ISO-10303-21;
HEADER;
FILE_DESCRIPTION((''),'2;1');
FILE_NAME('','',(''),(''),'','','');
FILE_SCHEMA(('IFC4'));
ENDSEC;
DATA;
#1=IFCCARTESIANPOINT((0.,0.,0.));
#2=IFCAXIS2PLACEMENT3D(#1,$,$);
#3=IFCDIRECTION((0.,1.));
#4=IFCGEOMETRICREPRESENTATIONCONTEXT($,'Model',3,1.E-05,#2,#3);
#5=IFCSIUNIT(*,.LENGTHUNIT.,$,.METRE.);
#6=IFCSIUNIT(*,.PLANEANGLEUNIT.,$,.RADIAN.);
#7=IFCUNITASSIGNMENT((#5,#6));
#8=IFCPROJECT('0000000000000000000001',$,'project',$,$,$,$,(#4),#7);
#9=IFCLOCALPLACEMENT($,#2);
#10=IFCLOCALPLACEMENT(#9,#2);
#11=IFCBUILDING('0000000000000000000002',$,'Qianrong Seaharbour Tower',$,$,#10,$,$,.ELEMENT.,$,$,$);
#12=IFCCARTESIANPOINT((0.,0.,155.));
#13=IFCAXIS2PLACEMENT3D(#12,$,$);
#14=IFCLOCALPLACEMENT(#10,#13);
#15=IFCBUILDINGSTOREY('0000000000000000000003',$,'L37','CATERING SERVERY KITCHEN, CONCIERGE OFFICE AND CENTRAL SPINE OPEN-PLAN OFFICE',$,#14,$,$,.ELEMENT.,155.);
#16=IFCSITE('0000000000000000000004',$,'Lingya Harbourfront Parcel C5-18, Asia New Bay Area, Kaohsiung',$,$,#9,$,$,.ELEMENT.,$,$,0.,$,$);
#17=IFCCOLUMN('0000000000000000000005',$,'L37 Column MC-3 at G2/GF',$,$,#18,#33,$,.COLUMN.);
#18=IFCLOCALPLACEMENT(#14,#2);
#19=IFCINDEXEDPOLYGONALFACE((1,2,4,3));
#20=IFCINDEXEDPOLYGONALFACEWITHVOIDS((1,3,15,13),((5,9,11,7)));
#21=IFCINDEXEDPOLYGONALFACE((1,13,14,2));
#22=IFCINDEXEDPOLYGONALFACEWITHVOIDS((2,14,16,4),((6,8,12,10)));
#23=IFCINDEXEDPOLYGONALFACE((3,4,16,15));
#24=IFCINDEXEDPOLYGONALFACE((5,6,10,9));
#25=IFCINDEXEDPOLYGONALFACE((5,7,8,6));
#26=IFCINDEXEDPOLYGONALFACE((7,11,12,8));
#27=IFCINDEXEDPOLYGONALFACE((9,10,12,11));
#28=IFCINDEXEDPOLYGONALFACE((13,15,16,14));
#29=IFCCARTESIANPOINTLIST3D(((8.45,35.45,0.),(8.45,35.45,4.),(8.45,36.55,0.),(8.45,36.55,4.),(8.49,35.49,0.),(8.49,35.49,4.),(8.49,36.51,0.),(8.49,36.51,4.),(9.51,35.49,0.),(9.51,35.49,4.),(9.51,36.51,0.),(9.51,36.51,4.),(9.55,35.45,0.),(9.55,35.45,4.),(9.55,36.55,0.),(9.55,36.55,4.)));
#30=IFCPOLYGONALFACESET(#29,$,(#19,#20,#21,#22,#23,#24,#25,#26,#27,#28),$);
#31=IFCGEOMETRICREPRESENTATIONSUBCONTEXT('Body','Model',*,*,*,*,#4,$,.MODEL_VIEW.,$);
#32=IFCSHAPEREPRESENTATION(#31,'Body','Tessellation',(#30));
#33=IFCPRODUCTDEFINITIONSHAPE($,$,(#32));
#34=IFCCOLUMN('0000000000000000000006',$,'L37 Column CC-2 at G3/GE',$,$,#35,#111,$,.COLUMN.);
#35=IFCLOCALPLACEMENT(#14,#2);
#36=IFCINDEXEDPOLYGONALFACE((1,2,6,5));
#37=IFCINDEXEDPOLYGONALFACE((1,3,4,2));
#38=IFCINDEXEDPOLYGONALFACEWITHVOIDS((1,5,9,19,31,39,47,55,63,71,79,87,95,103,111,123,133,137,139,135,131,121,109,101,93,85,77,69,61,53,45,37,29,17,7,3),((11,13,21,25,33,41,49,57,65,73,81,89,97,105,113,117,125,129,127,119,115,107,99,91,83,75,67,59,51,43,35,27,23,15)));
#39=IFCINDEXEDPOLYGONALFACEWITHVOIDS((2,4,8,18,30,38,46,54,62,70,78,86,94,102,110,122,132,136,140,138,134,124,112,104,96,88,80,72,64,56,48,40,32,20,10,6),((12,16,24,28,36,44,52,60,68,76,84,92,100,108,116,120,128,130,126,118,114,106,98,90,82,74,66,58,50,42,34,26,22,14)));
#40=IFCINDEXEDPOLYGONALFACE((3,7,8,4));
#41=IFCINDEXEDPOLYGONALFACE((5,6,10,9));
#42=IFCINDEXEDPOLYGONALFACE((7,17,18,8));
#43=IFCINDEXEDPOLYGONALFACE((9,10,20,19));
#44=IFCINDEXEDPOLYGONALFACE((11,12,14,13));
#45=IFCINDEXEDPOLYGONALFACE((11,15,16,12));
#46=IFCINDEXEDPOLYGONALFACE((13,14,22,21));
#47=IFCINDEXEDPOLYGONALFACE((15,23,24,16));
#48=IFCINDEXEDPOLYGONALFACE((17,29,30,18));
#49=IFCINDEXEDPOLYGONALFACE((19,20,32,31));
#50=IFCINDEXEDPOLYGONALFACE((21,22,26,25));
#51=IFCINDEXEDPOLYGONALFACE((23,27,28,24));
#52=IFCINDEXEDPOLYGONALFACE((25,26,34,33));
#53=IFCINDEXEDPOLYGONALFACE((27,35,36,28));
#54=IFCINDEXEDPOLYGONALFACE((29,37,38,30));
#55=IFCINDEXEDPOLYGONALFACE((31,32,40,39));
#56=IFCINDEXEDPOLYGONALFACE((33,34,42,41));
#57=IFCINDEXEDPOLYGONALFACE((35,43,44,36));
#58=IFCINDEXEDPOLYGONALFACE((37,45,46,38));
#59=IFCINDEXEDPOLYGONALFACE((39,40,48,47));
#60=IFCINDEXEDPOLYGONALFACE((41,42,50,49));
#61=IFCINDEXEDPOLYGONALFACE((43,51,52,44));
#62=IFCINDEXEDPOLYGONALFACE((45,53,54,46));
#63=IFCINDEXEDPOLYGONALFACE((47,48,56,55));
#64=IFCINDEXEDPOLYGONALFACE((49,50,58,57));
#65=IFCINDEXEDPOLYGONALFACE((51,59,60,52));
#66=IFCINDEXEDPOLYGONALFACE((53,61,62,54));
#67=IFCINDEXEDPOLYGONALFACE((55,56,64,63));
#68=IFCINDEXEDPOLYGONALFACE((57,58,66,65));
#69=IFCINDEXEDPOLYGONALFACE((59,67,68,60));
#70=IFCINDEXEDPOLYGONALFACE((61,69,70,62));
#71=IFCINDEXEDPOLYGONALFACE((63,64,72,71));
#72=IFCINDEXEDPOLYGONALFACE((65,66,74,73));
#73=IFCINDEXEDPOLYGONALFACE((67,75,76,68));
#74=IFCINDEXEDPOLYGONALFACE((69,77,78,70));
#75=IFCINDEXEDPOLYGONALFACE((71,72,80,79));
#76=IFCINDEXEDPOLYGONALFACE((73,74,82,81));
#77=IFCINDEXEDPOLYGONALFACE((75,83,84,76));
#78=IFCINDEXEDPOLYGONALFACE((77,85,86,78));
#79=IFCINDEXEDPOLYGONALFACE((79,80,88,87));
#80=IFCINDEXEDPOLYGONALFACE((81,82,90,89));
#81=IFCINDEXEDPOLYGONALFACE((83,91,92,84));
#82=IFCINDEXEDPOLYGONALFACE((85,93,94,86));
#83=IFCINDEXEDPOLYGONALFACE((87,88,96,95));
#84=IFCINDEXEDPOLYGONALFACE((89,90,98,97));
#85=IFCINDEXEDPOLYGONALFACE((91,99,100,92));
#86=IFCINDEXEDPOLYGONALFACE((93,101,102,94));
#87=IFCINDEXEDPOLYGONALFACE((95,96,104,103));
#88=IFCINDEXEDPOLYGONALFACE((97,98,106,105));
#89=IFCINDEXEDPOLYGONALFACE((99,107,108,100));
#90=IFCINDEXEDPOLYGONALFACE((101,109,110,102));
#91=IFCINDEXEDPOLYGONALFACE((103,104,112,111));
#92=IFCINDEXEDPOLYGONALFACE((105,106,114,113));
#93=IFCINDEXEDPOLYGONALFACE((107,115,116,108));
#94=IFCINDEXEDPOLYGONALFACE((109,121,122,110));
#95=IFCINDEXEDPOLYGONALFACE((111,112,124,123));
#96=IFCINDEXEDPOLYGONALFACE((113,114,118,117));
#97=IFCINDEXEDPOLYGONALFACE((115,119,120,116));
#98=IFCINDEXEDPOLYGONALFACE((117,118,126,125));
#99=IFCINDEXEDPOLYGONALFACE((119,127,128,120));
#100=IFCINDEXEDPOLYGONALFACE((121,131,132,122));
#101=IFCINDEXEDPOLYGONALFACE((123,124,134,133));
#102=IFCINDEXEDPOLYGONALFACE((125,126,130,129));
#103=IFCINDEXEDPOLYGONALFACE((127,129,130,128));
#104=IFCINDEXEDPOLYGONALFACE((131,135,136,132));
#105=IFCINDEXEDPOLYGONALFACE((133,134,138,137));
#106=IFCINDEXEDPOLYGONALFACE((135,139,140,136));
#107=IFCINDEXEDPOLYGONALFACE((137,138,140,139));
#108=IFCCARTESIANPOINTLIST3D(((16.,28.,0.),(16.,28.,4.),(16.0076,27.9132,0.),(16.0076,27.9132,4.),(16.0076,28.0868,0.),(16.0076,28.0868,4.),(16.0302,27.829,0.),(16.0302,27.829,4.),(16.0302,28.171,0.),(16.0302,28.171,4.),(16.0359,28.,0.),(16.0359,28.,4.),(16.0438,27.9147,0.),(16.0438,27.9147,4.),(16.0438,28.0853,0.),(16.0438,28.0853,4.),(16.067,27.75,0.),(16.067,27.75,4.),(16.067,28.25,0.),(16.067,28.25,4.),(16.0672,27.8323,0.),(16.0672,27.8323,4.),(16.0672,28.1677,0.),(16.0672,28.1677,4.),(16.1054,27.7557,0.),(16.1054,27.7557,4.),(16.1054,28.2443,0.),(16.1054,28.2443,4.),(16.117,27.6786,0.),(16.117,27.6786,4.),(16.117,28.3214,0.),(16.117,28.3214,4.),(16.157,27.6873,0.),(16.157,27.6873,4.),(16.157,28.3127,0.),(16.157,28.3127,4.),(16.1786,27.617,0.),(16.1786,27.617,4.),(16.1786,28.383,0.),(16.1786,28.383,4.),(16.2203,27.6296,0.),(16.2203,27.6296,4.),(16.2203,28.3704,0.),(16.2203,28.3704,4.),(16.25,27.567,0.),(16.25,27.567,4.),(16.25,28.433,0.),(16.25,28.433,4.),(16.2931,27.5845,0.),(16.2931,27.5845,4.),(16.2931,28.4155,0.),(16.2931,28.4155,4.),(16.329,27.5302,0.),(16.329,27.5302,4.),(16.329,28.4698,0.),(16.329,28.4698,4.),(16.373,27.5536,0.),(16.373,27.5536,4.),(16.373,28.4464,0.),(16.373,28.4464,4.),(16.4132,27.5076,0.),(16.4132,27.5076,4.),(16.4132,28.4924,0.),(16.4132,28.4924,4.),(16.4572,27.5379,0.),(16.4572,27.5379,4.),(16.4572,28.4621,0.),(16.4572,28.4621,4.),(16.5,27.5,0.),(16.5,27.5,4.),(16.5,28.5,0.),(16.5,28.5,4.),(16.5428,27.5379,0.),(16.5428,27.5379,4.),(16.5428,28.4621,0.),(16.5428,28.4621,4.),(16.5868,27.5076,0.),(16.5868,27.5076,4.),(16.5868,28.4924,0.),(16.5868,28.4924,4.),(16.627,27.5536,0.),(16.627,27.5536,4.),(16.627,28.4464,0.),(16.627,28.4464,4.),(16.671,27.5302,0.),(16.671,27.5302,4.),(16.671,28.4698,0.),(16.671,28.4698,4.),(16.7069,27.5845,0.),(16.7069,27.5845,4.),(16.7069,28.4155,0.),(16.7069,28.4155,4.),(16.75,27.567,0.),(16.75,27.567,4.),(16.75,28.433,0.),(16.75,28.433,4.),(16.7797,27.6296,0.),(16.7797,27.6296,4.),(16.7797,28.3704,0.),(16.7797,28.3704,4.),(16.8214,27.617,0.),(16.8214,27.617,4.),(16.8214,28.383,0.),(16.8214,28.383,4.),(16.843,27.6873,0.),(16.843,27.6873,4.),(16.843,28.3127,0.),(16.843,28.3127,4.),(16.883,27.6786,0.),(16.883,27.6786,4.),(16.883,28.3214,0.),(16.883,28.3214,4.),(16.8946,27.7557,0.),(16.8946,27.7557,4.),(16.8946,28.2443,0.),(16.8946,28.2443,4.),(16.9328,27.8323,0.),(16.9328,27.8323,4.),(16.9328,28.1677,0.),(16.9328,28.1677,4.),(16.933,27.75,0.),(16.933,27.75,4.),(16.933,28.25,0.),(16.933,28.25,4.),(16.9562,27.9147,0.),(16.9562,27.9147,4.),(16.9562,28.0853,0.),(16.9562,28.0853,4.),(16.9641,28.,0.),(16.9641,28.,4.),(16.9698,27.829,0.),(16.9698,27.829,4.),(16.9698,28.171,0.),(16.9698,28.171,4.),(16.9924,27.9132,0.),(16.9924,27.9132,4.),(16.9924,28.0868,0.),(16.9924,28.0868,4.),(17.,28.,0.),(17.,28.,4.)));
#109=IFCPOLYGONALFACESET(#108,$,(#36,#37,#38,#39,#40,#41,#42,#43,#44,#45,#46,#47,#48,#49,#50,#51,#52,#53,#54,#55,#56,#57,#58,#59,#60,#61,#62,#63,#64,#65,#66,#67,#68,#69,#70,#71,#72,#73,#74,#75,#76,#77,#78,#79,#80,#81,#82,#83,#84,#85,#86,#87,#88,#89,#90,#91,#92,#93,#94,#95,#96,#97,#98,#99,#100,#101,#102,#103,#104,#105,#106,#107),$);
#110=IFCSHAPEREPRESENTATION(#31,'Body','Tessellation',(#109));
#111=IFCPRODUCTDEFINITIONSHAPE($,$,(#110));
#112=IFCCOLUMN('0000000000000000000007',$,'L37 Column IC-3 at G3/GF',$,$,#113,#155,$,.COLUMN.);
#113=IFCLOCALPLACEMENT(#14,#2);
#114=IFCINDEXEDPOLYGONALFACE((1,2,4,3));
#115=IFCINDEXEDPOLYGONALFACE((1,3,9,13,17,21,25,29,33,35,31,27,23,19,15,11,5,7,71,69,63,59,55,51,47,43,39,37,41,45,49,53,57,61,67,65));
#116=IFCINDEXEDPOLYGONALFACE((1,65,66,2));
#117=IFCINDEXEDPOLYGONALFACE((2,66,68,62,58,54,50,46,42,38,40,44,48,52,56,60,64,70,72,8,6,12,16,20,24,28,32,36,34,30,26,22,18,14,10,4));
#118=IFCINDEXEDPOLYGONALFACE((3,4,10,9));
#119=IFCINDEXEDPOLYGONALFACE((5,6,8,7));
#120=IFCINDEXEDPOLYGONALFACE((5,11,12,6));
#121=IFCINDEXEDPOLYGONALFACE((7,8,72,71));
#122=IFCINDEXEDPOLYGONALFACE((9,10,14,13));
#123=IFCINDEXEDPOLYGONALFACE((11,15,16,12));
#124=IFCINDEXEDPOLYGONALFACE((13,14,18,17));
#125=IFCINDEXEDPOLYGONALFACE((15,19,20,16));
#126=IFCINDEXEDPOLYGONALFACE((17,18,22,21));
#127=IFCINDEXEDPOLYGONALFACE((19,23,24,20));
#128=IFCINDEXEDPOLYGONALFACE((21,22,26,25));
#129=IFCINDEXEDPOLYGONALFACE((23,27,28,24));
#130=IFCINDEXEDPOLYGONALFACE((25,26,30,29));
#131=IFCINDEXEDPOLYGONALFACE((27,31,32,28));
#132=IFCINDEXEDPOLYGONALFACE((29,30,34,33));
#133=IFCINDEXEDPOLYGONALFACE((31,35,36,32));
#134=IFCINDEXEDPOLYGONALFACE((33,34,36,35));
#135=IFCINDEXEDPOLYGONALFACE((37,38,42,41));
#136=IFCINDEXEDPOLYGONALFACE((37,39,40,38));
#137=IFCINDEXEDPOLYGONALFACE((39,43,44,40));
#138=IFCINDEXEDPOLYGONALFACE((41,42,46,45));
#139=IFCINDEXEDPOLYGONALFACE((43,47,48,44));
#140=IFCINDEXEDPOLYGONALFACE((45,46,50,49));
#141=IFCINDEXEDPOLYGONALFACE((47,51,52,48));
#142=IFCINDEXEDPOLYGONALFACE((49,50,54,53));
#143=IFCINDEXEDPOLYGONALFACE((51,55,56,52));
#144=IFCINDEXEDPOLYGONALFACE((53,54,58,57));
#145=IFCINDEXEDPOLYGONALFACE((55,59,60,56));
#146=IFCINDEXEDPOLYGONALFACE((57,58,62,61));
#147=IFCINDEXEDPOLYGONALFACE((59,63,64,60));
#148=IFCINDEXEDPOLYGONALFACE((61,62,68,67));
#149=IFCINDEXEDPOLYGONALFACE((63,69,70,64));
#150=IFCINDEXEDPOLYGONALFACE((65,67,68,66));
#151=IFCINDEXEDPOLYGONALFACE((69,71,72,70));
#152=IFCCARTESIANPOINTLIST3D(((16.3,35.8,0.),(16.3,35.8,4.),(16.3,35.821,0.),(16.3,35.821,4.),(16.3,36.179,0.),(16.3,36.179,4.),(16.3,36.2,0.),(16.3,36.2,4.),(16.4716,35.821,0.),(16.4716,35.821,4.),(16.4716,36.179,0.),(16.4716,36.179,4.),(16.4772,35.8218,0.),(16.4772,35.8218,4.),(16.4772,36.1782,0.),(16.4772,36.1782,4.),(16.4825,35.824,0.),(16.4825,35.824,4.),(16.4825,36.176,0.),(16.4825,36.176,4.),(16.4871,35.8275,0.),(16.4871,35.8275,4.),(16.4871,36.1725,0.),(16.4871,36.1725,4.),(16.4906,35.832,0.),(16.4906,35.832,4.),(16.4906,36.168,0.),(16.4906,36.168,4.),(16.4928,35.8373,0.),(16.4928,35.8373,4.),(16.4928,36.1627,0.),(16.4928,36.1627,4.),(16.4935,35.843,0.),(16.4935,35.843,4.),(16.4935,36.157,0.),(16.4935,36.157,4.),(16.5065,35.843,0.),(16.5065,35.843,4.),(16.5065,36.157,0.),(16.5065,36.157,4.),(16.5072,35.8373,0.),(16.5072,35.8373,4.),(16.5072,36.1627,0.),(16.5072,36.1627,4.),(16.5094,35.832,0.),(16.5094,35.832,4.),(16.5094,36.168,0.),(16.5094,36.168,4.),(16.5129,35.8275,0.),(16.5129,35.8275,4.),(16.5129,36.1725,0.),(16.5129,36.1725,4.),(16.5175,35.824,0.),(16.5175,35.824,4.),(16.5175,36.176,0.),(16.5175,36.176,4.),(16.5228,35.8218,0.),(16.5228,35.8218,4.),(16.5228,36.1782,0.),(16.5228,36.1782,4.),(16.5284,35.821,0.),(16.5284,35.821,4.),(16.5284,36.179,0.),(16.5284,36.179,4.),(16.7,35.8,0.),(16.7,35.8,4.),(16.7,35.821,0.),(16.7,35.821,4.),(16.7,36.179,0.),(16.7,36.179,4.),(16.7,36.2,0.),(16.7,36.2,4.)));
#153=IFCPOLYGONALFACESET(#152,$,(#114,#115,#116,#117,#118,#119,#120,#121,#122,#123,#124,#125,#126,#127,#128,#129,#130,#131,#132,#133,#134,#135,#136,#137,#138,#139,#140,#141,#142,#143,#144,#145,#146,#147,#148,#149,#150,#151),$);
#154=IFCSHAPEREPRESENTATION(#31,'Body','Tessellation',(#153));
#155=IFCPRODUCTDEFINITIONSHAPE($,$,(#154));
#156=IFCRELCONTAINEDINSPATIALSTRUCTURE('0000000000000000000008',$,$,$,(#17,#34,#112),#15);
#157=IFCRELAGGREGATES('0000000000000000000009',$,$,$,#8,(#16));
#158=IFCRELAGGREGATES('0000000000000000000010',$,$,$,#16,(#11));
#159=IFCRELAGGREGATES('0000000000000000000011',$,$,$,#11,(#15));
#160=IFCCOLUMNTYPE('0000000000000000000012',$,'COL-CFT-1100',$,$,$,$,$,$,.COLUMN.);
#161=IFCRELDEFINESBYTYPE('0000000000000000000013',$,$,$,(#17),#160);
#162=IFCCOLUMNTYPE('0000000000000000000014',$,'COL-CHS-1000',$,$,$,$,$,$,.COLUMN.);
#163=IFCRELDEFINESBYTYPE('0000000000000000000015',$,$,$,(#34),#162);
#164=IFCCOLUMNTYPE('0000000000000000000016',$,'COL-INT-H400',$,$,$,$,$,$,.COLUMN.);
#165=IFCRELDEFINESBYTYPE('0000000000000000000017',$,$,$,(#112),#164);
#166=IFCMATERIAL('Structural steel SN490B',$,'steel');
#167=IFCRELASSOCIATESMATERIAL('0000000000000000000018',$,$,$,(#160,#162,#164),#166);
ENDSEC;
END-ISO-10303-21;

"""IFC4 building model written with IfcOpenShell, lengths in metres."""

from ifc_helpers import new_model, si_unit, direction, frame, origin, origin_2d, place, context, subcontext, project, spatial, hollow_rectangle, hollow_circle, i_section, extrude, material, material_profile, profile_set, type_object, element, save


model = new_model("IFC4")

# Units and contexts
model_context = context("Model", 3, precision=1e-05, world=origin(), true_north=direction((0.0, 1.0)))
body_context = subcontext(model_context, "Body", "Model", "MODEL_VIEW")
ifc_project = project(units=[si_unit("LENGTHUNIT", "METRE"), si_unit("PLANEANGLEUNIT", "RADIAN")], contexts=[model_context])

# Site, building, storey
site_placement = place(None, origin())
site = spatial("IfcSite", under=ifc_project, at=site_placement, Name="Lingya Harbourfront Parcel C5-18, Asia New Bay Area, Kaohsiung", CompositionType="ELEMENT", RefElevation=0.0)
building_placement = place(site_placement, origin())
building = spatial("IfcBuilding", under=site, at=building_placement, Name="Qianrong Seaharbour Tower", CompositionType="ELEMENT")
storey_placement = place(building_placement, frame((0.0, 0.0, 155.0)))
storey = spatial("IfcBuildingStorey", under=building, at=storey_placement, Name="L37", Description="CATERING SERVERY KITCHEN, CONCIERGE OFFICE AND CENTRAL SPINE OPEN-PLAN OFFICE", CompositionType="ELEMENT", Elevation=155.0)

# Columns
ifc_material_1 = material(Name="Structural steel SN490B", Category="steel")
ifc_material_profile_1 = material_profile(ifc_material_1, hollow_rectangle(XDim=1.1001, YDim=1.1001, WallThickness=0.04, at=origin_2d()), Name="BOX1100x1100x40")
ifc_profile_set_1 = profile_set([ifc_material_profile_1], Name="Structural steel SN490B")
column_type_1 = type_object("IfcColumnType", Name="COL-CFT-1100", PredefinedType="COLUMN", material=ifc_profile_set_1)
column_1_placement = place(storey_placement, frame((9.0, 36.0, 0.0), z_axis=(0.0, 0.0, 1.0), x_axis=(1.0, 0.0, 0.0)))
element("IfcColumn", 1, at=column_1_placement, inside=storey, type_object=column_type_1, Name="L37 Column MC-3 at G2/GF", PredefinedType="COLUMN", context=body_context, shape_type="SweptSolid", body=[
    extrude(hollow_rectangle(XDim=1.1001, YDim=1.1001, WallThickness=0.04, at=origin_2d()), origin(), (0.0, 0.0, 1.0), 4.0),
])
ifc_material_profile_2 = material_profile(ifc_material_1, hollow_circle(Radius=0.5, WallThickness=0.0359, at=origin_2d()), Name="CHS1000x36")
ifc_profile_set_2 = profile_set([ifc_material_profile_2], Name="Structural steel SN490B")
column_type_2 = type_object("IfcColumnType", Name="COL-CHS-1000", PredefinedType="COLUMN", material=ifc_profile_set_2)
column_2_placement = place(storey_placement, frame((16.5, 28.0, 0.0), z_axis=(0.0, 0.0, 1.0), x_axis=(1.0, 0.0, 0.0)))
element("IfcColumn", 2, at=column_2_placement, inside=storey, type_object=column_type_2, Name="L37 Column CC-2 at G3/GE", PredefinedType="COLUMN", context=body_context, shape_type="SweptSolid", body=[
    extrude(hollow_circle(Radius=0.5, WallThickness=0.0359, at=origin_2d()), origin(), (0.0, 0.0, 1.0), 4.0),
])
ifc_material_profile_3 = material_profile(ifc_material_1, i_section(OverallWidth=0.3999, OverallDepth=0.3999, WebThickness=0.0129, FlangeThickness=0.021, FilletRadius=0.022, at=origin_2d()), Name="H400x400x13x21")
ifc_profile_set_3 = profile_set([ifc_material_profile_3], Name="Structural steel SN490B")
column_type_3 = type_object("IfcColumnType", Name="COL-INT-H400", PredefinedType="COLUMN", material=ifc_profile_set_3)
column_3_placement = place(storey_placement, frame((16.5, 36.0, 0.0), z_axis=(0.0, 0.0, 1.0), x_axis=(1.0, 0.0, 0.0)))
element("IfcColumn", 3, at=column_3_placement, inside=storey, type_object=column_type_3, Name="L37 Column IC-3 at G3/GF", PredefinedType="COLUMN", context=body_context, shape_type="SweptSolid", body=[
    extrude(i_section(OverallWidth=0.3999, OverallDepth=0.3999, WebThickness=0.0129, FlangeThickness=0.021, FilletRadius=0.022, at=origin_2d()), origin(), (0.0, 0.0, 1.0), 4.0),
])

save(model, "model.ifc")
